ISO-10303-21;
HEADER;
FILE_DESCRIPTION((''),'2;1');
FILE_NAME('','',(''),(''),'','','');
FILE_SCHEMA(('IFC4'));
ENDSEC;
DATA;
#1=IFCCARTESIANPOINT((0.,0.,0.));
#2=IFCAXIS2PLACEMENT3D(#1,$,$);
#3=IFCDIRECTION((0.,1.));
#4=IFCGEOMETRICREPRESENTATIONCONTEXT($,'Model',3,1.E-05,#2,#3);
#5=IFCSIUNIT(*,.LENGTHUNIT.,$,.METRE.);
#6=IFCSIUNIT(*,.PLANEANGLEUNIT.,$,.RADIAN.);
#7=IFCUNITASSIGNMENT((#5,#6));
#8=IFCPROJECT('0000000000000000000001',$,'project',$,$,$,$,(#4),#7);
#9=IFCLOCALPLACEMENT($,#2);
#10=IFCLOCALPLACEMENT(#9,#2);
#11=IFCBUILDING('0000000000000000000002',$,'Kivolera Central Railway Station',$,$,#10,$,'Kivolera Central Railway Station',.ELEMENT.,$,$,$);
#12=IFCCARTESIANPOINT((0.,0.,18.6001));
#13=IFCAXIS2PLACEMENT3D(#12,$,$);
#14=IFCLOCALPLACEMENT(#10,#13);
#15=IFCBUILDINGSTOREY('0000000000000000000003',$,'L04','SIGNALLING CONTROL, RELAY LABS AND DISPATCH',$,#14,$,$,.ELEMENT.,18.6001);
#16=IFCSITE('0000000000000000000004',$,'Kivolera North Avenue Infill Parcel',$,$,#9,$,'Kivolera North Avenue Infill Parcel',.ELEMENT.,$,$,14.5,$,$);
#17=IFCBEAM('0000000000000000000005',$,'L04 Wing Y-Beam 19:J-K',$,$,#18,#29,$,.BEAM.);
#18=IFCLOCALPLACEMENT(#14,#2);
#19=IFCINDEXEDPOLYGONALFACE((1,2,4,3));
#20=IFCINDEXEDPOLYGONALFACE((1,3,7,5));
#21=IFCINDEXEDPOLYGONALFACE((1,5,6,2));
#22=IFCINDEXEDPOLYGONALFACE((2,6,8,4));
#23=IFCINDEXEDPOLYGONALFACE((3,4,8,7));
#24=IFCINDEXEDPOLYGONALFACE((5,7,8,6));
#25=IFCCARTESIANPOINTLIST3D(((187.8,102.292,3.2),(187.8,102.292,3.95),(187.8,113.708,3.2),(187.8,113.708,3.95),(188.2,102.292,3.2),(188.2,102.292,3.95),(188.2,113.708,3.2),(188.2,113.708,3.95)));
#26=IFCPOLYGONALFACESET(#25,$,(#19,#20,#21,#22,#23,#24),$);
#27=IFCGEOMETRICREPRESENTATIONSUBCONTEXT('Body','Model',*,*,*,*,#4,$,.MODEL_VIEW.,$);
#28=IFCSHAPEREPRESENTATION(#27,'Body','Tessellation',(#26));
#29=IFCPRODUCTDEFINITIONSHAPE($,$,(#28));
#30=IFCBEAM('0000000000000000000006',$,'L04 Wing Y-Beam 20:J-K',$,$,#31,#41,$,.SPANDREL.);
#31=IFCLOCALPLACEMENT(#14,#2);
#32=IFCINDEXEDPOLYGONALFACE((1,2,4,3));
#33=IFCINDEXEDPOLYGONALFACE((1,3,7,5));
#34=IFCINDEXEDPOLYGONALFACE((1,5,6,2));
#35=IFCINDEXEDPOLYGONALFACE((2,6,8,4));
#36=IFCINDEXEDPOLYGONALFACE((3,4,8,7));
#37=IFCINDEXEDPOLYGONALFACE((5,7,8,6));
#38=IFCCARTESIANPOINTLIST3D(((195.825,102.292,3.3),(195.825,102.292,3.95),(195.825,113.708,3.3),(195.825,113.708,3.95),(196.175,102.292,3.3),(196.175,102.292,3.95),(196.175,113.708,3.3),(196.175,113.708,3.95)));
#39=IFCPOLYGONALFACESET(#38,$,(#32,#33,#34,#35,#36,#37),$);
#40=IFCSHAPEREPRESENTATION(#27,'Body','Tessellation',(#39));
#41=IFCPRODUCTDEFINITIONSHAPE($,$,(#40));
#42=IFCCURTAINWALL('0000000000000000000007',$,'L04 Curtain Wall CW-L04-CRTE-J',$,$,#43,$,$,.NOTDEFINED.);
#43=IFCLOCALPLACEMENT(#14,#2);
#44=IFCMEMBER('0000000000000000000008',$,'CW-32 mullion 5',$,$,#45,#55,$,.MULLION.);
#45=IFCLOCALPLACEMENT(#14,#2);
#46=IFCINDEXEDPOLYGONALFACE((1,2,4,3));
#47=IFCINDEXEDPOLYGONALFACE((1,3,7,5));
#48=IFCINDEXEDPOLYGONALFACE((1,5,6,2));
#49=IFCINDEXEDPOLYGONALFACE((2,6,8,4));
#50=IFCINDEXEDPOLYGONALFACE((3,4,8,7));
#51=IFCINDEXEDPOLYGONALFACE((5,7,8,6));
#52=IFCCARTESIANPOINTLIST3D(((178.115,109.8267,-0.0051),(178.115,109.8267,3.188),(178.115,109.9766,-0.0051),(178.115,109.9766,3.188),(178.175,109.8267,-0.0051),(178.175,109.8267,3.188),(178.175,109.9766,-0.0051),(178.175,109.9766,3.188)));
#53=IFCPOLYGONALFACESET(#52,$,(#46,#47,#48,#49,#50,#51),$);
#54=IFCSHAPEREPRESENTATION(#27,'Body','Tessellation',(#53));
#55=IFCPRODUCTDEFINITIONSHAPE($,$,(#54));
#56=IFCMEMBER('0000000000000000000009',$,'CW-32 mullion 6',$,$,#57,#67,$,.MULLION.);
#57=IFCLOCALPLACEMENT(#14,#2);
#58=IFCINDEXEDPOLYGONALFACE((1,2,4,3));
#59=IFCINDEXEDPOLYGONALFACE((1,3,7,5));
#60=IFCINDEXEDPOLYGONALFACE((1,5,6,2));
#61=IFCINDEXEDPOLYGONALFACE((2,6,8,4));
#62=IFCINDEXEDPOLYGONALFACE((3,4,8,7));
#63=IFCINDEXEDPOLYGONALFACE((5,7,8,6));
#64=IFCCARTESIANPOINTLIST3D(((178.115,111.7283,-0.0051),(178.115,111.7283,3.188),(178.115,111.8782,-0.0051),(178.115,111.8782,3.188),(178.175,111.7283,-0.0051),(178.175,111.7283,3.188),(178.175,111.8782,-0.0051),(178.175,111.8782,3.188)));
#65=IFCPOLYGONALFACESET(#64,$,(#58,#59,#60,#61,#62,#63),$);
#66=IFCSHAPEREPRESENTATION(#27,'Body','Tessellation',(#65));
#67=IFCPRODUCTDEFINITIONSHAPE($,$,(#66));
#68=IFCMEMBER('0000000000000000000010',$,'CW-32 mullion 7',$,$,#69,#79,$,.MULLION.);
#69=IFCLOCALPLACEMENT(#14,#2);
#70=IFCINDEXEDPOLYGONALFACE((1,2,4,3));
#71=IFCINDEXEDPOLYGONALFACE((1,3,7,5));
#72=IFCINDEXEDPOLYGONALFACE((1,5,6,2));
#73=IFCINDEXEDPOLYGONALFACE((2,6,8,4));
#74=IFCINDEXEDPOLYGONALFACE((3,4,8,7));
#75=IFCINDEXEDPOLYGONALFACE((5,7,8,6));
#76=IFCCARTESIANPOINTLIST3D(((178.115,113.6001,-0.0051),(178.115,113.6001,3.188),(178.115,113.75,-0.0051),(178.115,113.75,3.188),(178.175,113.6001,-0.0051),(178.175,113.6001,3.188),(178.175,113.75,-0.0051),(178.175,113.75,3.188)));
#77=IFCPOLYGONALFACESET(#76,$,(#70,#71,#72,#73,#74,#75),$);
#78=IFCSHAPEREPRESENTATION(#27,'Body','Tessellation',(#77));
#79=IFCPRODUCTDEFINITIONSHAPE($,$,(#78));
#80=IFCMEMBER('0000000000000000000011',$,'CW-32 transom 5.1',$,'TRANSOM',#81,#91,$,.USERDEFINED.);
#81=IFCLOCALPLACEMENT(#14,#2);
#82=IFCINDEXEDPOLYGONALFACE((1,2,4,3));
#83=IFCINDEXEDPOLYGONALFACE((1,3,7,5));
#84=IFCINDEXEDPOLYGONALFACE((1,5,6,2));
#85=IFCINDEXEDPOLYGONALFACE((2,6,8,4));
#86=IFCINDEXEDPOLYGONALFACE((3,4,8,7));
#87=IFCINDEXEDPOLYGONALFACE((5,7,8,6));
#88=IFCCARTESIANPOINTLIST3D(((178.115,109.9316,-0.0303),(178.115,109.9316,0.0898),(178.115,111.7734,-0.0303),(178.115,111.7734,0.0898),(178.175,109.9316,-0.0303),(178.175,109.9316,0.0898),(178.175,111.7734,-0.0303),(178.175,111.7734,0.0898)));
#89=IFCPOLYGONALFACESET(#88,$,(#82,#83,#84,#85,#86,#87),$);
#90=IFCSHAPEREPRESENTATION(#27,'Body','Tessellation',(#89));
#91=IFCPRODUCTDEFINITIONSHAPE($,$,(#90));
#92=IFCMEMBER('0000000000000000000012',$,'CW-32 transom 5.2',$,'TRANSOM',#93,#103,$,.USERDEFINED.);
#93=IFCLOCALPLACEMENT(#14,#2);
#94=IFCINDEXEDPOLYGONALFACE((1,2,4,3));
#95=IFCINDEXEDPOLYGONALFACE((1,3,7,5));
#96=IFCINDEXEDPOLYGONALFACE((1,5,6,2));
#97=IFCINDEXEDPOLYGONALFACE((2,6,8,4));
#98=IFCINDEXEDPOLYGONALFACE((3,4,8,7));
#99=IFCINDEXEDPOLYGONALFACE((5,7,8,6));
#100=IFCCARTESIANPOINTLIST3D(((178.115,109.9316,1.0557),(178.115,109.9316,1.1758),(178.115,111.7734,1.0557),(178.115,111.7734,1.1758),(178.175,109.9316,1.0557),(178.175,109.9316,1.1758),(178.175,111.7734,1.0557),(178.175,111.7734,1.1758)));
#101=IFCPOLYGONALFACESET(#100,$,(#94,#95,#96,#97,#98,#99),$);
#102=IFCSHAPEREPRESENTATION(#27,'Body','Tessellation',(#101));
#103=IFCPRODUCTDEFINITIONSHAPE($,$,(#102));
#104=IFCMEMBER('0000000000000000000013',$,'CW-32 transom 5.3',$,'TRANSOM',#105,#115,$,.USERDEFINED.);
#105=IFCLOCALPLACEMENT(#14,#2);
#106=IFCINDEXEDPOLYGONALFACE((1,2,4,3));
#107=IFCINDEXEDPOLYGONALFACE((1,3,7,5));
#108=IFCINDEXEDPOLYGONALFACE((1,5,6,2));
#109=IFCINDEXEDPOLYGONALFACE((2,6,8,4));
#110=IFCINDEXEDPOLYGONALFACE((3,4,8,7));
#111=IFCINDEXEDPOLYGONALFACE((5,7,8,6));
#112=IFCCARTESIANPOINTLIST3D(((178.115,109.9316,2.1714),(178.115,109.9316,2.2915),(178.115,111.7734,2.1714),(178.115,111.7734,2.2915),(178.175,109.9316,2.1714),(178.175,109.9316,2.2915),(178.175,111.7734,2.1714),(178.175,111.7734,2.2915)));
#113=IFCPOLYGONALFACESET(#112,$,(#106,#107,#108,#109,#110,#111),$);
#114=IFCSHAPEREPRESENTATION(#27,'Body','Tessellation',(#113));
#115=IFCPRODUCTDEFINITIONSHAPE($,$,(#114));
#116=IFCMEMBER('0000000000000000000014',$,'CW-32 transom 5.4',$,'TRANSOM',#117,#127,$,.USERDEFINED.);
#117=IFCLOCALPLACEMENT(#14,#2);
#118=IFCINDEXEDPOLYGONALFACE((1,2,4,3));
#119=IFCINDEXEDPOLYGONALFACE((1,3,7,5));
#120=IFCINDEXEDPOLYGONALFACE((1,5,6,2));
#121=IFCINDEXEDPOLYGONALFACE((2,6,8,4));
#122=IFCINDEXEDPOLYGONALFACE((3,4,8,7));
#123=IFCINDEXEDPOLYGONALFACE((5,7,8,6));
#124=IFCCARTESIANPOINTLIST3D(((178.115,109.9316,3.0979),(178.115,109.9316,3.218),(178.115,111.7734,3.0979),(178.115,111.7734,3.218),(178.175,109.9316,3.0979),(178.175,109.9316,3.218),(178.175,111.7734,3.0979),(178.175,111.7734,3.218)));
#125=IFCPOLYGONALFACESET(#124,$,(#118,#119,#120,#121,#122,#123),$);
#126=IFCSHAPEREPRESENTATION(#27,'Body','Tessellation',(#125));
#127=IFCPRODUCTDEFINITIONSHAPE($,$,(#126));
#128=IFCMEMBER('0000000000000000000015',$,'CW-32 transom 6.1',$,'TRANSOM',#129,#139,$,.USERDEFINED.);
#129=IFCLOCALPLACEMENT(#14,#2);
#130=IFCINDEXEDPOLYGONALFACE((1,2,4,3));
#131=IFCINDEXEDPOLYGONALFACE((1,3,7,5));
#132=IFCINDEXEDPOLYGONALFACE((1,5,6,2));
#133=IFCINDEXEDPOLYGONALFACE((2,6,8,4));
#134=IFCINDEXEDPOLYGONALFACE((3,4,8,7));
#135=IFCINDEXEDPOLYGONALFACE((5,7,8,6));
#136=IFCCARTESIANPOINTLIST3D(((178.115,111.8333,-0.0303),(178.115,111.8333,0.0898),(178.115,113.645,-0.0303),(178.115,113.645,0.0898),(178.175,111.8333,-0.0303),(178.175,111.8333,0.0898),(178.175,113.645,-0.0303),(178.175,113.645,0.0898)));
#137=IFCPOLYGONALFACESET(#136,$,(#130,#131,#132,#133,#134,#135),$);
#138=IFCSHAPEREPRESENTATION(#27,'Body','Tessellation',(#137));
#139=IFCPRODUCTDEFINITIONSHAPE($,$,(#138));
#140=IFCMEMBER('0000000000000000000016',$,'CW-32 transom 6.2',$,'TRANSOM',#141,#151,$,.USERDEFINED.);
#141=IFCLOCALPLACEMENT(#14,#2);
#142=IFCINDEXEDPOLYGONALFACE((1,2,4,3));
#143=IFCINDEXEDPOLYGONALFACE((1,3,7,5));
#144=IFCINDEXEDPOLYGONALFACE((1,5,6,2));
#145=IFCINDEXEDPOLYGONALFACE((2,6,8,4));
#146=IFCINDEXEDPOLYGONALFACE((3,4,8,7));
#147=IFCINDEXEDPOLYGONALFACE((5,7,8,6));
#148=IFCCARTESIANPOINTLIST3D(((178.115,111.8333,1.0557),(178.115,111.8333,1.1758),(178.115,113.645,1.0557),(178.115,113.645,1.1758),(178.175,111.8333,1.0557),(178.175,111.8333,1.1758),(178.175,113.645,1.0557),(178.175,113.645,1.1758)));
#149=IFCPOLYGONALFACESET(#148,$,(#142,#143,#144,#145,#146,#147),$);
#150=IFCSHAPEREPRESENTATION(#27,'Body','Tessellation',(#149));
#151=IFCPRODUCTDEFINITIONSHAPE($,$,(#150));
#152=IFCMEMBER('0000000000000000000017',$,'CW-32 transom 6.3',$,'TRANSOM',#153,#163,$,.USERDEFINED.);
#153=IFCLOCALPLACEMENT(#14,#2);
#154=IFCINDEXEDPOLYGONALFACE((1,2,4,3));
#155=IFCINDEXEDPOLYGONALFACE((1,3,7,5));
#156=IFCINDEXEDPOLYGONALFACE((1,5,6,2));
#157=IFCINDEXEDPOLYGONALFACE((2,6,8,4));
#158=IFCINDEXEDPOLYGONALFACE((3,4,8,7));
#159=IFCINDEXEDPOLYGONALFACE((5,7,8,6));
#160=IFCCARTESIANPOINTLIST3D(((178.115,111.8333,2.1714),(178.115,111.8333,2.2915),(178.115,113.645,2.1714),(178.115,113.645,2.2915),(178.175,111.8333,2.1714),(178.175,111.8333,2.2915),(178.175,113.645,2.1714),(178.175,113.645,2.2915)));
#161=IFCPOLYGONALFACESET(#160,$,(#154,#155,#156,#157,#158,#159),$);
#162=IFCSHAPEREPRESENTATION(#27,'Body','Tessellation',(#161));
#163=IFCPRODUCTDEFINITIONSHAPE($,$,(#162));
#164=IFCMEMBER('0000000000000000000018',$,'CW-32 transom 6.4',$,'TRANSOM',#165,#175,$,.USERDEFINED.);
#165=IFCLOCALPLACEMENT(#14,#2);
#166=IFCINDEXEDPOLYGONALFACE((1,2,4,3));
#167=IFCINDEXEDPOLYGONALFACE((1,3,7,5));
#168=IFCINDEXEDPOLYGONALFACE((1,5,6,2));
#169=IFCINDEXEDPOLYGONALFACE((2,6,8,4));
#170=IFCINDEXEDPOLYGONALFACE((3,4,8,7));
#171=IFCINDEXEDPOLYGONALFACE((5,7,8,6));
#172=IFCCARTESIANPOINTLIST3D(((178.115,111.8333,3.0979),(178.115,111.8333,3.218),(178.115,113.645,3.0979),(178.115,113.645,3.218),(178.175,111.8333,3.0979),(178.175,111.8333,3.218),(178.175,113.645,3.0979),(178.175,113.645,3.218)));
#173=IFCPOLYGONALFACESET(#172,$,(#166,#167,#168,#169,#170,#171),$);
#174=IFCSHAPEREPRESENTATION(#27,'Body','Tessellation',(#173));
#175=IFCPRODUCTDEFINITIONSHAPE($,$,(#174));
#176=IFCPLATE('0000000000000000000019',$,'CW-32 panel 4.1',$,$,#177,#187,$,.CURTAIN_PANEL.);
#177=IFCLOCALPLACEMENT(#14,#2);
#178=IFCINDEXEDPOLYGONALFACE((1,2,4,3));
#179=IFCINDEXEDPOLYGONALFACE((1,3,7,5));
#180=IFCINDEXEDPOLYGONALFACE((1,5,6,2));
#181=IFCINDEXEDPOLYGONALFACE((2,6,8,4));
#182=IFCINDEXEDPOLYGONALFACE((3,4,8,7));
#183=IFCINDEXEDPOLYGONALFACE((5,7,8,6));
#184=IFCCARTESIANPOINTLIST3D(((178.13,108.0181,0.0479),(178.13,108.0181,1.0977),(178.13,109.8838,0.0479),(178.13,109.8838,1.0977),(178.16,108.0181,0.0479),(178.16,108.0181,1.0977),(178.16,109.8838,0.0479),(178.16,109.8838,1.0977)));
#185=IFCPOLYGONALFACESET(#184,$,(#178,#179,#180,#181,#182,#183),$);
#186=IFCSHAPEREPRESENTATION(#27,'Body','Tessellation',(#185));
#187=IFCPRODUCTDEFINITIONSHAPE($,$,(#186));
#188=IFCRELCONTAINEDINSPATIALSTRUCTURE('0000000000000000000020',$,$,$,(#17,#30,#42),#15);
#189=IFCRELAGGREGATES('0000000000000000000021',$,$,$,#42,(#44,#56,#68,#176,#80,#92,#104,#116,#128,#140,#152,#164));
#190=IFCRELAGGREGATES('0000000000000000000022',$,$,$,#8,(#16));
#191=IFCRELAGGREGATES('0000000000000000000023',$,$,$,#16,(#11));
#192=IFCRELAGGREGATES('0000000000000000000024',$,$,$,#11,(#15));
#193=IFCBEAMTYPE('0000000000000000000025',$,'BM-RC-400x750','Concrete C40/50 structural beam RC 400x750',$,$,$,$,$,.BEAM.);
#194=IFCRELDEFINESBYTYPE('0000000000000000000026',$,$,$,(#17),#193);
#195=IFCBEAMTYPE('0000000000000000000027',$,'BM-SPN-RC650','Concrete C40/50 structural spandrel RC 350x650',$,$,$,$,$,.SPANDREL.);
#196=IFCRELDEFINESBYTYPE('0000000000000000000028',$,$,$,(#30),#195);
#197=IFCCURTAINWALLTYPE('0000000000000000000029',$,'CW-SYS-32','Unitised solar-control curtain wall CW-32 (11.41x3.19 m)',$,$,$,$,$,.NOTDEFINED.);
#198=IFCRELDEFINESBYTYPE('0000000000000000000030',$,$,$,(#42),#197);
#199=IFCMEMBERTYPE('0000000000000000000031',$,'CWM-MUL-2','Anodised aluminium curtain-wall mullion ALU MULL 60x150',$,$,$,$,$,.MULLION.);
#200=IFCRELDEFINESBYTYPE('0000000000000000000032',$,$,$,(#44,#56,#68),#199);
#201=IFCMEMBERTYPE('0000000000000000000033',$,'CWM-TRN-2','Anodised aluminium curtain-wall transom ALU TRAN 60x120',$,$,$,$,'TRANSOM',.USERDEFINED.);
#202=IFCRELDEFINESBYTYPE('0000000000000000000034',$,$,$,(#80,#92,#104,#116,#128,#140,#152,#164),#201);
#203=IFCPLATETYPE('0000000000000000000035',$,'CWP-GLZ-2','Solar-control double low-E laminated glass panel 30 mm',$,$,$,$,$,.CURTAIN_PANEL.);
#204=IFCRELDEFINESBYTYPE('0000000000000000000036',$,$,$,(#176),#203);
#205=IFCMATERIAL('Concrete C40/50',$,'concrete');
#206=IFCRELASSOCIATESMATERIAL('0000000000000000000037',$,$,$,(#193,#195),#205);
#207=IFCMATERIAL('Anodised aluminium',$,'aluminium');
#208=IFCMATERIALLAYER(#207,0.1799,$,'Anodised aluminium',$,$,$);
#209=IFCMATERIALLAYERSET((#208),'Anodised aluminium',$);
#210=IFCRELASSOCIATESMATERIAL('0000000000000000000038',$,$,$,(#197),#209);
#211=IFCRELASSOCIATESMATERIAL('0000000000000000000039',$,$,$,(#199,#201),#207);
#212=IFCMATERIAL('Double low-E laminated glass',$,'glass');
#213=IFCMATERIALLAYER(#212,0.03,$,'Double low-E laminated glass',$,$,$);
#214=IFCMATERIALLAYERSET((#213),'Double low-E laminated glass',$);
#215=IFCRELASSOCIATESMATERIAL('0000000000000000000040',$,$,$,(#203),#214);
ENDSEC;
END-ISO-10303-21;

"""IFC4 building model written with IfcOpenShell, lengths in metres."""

from ifc_helpers import new_model, si_unit, direction, frame, origin, origin_2d, place, context, subcontext, project, spatial, rectangle, extrude, material, layer, layer_set, material_profile, profile_set, type_object, element, aggregate, save


model = new_model("IFC4")

# Units and contexts
model_context = context("Model", 3, precision=1e-05, world=origin(), true_north=direction((0.0, 1.0)))
body_context = subcontext(model_context, "Body", "Model", "MODEL_VIEW")
ifc_project = project(units=[si_unit("LENGTHUNIT", "METRE"), si_unit("PLANEANGLEUNIT", "RADIAN")], contexts=[model_context])

# Site, building, storey
site_placement = place(None, origin())
site = spatial("IfcSite", under=ifc_project, at=site_placement, Name="Kivolera North Avenue Infill Parcel", LongName="Kivolera North Avenue Infill Parcel", CompositionType="ELEMENT", RefElevation=14.5)
building_placement = place(site_placement, origin())
building = spatial("IfcBuilding", under=site, at=building_placement, Name="Kivolera Central Railway Station", LongName="Kivolera Central Railway Station", CompositionType="ELEMENT")
storey_placement = place(building_placement, frame((0.0, 0.0, 18.6001)))
storey = spatial("IfcBuildingStorey", under=building, at=storey_placement, Name="L04", Description="SIGNALLING CONTROL, RELAY LABS AND DISPATCH", CompositionType="ELEMENT", Elevation=18.6001)

# Shared definitions
ifc_material_1 = material(Name="Concrete C40/50", Category="concrete")

# Beams
ifc_material_profile_1 = material_profile(ifc_material_1, rectangle(XDim=0.3999, YDim=0.75, at=origin_2d()), Name="RC 400x750")
ifc_profile_set_1 = profile_set([ifc_material_profile_1], Name="Concrete C40/50")
beam_type_1 = type_object("IfcBeamType", Name="BM-RC-400x750", Description="Concrete C40/50 structural beam RC 400x750", PredefinedType="BEAM", material=ifc_profile_set_1)
beam_1_placement = place(storey_placement, frame((188.0, 102.292, 3.575), z_axis=(0.0, 1.0, 0.0), x_axis=(-1.0, 0.0, 0.0)))
element("IfcBeam", 1, at=beam_1_placement, inside=storey, type_object=beam_type_1, Name="L04 Wing Y-Beam 19:J-K", PredefinedType="BEAM", context=body_context, shape_type="SweptSolid", body=[
    extrude(rectangle(XDim=0.3999, YDim=0.75, at=origin_2d()), origin(), (0.0, 0.0, 1.0), 11.416),
])
ifc_material_profile_2 = material_profile(ifc_material_1, rectangle(XDim=0.3501, YDim=0.6499, at=origin_2d()), Name="RC 350x650")
ifc_profile_set_2 = profile_set([ifc_material_profile_2], Name="Concrete C40/50")
beam_type_2 = type_object("IfcBeamType", Name="BM-SPN-RC650", Description="Concrete C40/50 structural spandrel RC 350x650", PredefinedType="SPANDREL", material=ifc_profile_set_2)
beam_2_placement = place(storey_placement, frame((196.0, 102.292, 3.625), z_axis=(0.0, 1.0, 0.0), x_axis=(-1.0, 0.0, 0.0)))
element("IfcBeam", 2, at=beam_2_placement, inside=storey, type_object=beam_type_2, Name="L04 Wing Y-Beam 20:J-K", PredefinedType="SPANDREL", context=body_context, shape_type="SweptSolid", body=[
    extrude(rectangle(XDim=0.3501, YDim=0.6499, at=origin_2d()), origin(), (0.0, 0.0, 1.0), 11.416),
])

# Curtain wall, members, plate
ifc_material_2 = material(Name="Anodised aluminium", Category="aluminium")
ifc_layer_1 = layer(ifc_material_2, 0.1799, Name="Anodised aluminium")
ifc_layer_set_1 = layer_set([ifc_layer_1], Name="Anodised aluminium")
curtain_wall_type = type_object("IfcCurtainWallType", Name="CW-SYS-32", Description="Unitised solar-control curtain wall CW-32 (11.41x3.19 m)", PredefinedType="NOTDEFINED", material=ifc_layer_set_1)
curtain_wall_placement = place(storey_placement, origin())
curtain_wall = element("IfcCurtainWall", 3, at=curtain_wall_placement, inside=storey, type_object=curtain_wall_type, Name="L04 Curtain Wall CW-L04-CRTE-J", PredefinedType="NOTDEFINED")
ifc_material_profile_3 = material_profile(ifc_material_2, rectangle(XDim=0.0601, YDim=0.1499, at=origin_2d()), Name="ALU MULL 60x150")
ifc_profile_set_3 = profile_set([ifc_material_profile_3], Name="Anodised aluminium")
member_type_1 = type_object("IfcMemberType", Name="CWM-MUL-2", Description="Anodised aluminium curtain-wall mullion ALU MULL 60x150", PredefinedType="MULLION", material=ifc_profile_set_3)
member_1_placement = place(storey_placement, frame((178.145, 109.9016, -0.0051), z_axis=(0.0, 0.0, 1.0), x_axis=(-1.0, 0.0, 0.0)))
member_1 = element("IfcMember", 4, at=member_1_placement, type_object=member_type_1, Name="CW-32 mullion 5", PredefinedType="MULLION", context=body_context, shape_type="SweptSolid", body=[
    extrude(rectangle(XDim=0.0601, YDim=0.1499, at=origin_2d()), origin(), (0.0, 0.0, 1.0), 3.1931),
])
member_2_placement = place(storey_placement, frame((178.145, 111.8032, -0.0051), z_axis=(0.0, 0.0, 1.0), x_axis=(-1.0, 0.0, 0.0)))
member_2 = element("IfcMember", 5, at=member_2_placement, type_object=member_type_1, Name="CW-32 mullion 6", PredefinedType="MULLION", context=body_context, shape_type="SweptSolid", body=[
    extrude(rectangle(XDim=0.0601, YDim=0.1499, at=origin_2d()), origin(), (0.0, 0.0, 1.0), 3.1931),
])
member_3_placement = place(storey_placement, frame((178.145, 113.675, -0.0051), z_axis=(0.0, 0.0, 1.0), x_axis=(-1.0, 0.0, 0.0)))
member_3 = element("IfcMember", 6, at=member_3_placement, type_object=member_type_1, Name="CW-32 mullion 7", PredefinedType="MULLION", context=body_context, shape_type="SweptSolid", body=[
    extrude(rectangle(XDim=0.0601, YDim=0.1499, at=origin_2d()), origin(), (0.0, 0.0, 1.0), 3.1931),
])
ifc_material_profile_4 = material_profile(ifc_material_2, rectangle(XDim=0.0601, YDim=0.1201, at=origin_2d()), Name="ALU TRAN 60x120")
ifc_profile_set_4 = profile_set([ifc_material_profile_4], Name="Anodised aluminium")
member_type_2 = type_object("IfcMemberType", Name="CWM-TRN-2", Description="Anodised aluminium curtain-wall transom ALU TRAN 60x120", ElementType="TRANSOM", PredefinedType="USERDEFINED", material=ifc_profile_set_4)
member_4_placement = place(storey_placement, frame((178.145, 109.9316, 0.0298), z_axis=(0.0, 1.0, 0.0), x_axis=(-1.0, 0.0, 0.0)))
member_4 = element("IfcMember", 7, at=member_4_placement, type_object=member_type_2, Name="CW-32 transom 5.1", ObjectType="TRANSOM", PredefinedType="USERDEFINED", context=body_context, shape_type="SweptSolid", body=[
    extrude(rectangle(XDim=0.0601, YDim=0.1201, at=origin_2d()), origin(), (0.0, 0.0, 1.0), 1.8418),
])
member_5_placement = place(storey_placement, frame((178.145, 109.9316, 1.1157), z_axis=(0.0, 1.0, 0.0), x_axis=(-1.0, 0.0, 0.0)))
member_5 = element("IfcMember", 8, at=member_5_placement, type_object=member_type_2, Name="CW-32 transom 5.2", ObjectType="TRANSOM", PredefinedType="USERDEFINED", context=body_context, shape_type="SweptSolid", body=[
    extrude(rectangle(XDim=0.0601, YDim=0.1201, at=origin_2d()), origin(), (0.0, 0.0, 1.0), 1.8418),
])
member_6_placement = place(storey_placement, frame((178.145, 109.9316, 2.2314), z_axis=(0.0, 1.0, 0.0), x_axis=(-1.0, 0.0, 0.0)))
member_6 = element("IfcMember", 9, at=member_6_placement, type_object=member_type_2, Name="CW-32 transom 5.3", ObjectType="TRANSOM", PredefinedType="USERDEFINED", context=body_context, shape_type="SweptSolid", body=[
    extrude(rectangle(XDim=0.0601, YDim=0.1201, at=origin_2d()), origin(), (0.0, 0.0, 1.0), 1.8418),
])
member_7_placement = place(storey_placement, frame((178.145, 109.9316, 3.158), z_axis=(0.0, 1.0, 0.0), x_axis=(-1.0, 0.0, 0.0)))
member_7 = element("IfcMember", 10, at=member_7_placement, type_object=member_type_2, Name="CW-32 transom 5.4", ObjectType="TRANSOM", PredefinedType="USERDEFINED", context=body_context, shape_type="SweptSolid", body=[
    extrude(rectangle(XDim=0.0601, YDim=0.1201, at=origin_2d()), origin(), (0.0, 0.0, 1.0), 1.8418),
])
member_8_placement = place(storey_placement, frame((178.145, 111.8333, 0.0298), z_axis=(0.0, 1.0, 0.0), x_axis=(-1.0, 0.0, 0.0)))
member_8 = element("IfcMember", 11, at=member_8_placement, type_object=member_type_2, Name="CW-32 transom 6.1", ObjectType="TRANSOM", PredefinedType="USERDEFINED", context=body_context, shape_type="SweptSolid", body=[
    extrude(rectangle(XDim=0.0601, YDim=0.1201, at=origin_2d()), origin(), (0.0, 0.0, 1.0), 1.8118),
])
member_9_placement = place(storey_placement, frame((178.145, 111.8333, 1.1157), z_axis=(0.0, 1.0, 0.0), x_axis=(-1.0, 0.0, 0.0)))
member_9 = element("IfcMember", 12, at=member_9_placement, type_object=member_type_2, Name="CW-32 transom 6.2", ObjectType="TRANSOM", PredefinedType="USERDEFINED", context=body_context, shape_type="SweptSolid", body=[
    extrude(rectangle(XDim=0.0601, YDim=0.1201, at=origin_2d()), origin(), (0.0, 0.0, 1.0), 1.8118),
])
member_10_placement = place(storey_placement, frame((178.145, 111.8333, 2.2314), z_axis=(0.0, 1.0, 0.0), x_axis=(-1.0, 0.0, 0.0)))
member_10 = element("IfcMember", 13, at=member_10_placement, type_object=member_type_2, Name="CW-32 transom 6.3", ObjectType="TRANSOM", PredefinedType="USERDEFINED", context=body_context, shape_type="SweptSolid", body=[
    extrude(rectangle(XDim=0.0601, YDim=0.1201, at=origin_2d()), origin(), (0.0, 0.0, 1.0), 1.8118),
])
member_11_placement = place(storey_placement, frame((178.145, 111.8333, 3.158), z_axis=(0.0, 1.0, 0.0), x_axis=(-1.0, 0.0, 0.0)))
member_11 = element("IfcMember", 14, at=member_11_placement, type_object=member_type_2, Name="CW-32 transom 6.4", ObjectType="TRANSOM", PredefinedType="USERDEFINED", context=body_context, shape_type="SweptSolid", body=[
    extrude(rectangle(XDim=0.0601, YDim=0.1201, at=origin_2d()), origin(), (0.0, 0.0, 1.0), 1.8118),
])
ifc_material_3 = material(Name="Double low-E laminated glass", Category="glass")
ifc_layer_2 = layer(ifc_material_3, 0.03, Name="Double low-E laminated glass")
ifc_layer_set_2 = layer_set([ifc_layer_2], Name="Double low-E laminated glass")
plate_type = type_object("IfcPlateType", Name="CWP-GLZ-2", Description="Solar-control double low-E laminated glass panel 30 mm", PredefinedType="CURTAIN_PANEL", material=ifc_layer_set_2)
plate_1_placement = place(storey_placement, frame((178.145, 108.9509, 0.0479), z_axis=(0.0, 0.0, 1.0), x_axis=(0.0, 1.0, 0.0)))
plate_1 = element("IfcPlate", 15, at=plate_1_placement, type_object=plate_type, Name="CW-32 panel 4.1", PredefinedType="CURTAIN_PANEL", context=body_context, shape_type="SweptSolid", body=[
    extrude(rectangle(XDim=1.8657, YDim=0.03, at=origin_2d()), origin(), (0.0, 0.0, 1.0), 1.0498),
])
aggregate(curtain_wall, [member_1, member_2, member_3, plate_1, member_4, member_5, member_6, member_7, member_8, member_9, member_10, member_11])

save(model, "model.ifc")
